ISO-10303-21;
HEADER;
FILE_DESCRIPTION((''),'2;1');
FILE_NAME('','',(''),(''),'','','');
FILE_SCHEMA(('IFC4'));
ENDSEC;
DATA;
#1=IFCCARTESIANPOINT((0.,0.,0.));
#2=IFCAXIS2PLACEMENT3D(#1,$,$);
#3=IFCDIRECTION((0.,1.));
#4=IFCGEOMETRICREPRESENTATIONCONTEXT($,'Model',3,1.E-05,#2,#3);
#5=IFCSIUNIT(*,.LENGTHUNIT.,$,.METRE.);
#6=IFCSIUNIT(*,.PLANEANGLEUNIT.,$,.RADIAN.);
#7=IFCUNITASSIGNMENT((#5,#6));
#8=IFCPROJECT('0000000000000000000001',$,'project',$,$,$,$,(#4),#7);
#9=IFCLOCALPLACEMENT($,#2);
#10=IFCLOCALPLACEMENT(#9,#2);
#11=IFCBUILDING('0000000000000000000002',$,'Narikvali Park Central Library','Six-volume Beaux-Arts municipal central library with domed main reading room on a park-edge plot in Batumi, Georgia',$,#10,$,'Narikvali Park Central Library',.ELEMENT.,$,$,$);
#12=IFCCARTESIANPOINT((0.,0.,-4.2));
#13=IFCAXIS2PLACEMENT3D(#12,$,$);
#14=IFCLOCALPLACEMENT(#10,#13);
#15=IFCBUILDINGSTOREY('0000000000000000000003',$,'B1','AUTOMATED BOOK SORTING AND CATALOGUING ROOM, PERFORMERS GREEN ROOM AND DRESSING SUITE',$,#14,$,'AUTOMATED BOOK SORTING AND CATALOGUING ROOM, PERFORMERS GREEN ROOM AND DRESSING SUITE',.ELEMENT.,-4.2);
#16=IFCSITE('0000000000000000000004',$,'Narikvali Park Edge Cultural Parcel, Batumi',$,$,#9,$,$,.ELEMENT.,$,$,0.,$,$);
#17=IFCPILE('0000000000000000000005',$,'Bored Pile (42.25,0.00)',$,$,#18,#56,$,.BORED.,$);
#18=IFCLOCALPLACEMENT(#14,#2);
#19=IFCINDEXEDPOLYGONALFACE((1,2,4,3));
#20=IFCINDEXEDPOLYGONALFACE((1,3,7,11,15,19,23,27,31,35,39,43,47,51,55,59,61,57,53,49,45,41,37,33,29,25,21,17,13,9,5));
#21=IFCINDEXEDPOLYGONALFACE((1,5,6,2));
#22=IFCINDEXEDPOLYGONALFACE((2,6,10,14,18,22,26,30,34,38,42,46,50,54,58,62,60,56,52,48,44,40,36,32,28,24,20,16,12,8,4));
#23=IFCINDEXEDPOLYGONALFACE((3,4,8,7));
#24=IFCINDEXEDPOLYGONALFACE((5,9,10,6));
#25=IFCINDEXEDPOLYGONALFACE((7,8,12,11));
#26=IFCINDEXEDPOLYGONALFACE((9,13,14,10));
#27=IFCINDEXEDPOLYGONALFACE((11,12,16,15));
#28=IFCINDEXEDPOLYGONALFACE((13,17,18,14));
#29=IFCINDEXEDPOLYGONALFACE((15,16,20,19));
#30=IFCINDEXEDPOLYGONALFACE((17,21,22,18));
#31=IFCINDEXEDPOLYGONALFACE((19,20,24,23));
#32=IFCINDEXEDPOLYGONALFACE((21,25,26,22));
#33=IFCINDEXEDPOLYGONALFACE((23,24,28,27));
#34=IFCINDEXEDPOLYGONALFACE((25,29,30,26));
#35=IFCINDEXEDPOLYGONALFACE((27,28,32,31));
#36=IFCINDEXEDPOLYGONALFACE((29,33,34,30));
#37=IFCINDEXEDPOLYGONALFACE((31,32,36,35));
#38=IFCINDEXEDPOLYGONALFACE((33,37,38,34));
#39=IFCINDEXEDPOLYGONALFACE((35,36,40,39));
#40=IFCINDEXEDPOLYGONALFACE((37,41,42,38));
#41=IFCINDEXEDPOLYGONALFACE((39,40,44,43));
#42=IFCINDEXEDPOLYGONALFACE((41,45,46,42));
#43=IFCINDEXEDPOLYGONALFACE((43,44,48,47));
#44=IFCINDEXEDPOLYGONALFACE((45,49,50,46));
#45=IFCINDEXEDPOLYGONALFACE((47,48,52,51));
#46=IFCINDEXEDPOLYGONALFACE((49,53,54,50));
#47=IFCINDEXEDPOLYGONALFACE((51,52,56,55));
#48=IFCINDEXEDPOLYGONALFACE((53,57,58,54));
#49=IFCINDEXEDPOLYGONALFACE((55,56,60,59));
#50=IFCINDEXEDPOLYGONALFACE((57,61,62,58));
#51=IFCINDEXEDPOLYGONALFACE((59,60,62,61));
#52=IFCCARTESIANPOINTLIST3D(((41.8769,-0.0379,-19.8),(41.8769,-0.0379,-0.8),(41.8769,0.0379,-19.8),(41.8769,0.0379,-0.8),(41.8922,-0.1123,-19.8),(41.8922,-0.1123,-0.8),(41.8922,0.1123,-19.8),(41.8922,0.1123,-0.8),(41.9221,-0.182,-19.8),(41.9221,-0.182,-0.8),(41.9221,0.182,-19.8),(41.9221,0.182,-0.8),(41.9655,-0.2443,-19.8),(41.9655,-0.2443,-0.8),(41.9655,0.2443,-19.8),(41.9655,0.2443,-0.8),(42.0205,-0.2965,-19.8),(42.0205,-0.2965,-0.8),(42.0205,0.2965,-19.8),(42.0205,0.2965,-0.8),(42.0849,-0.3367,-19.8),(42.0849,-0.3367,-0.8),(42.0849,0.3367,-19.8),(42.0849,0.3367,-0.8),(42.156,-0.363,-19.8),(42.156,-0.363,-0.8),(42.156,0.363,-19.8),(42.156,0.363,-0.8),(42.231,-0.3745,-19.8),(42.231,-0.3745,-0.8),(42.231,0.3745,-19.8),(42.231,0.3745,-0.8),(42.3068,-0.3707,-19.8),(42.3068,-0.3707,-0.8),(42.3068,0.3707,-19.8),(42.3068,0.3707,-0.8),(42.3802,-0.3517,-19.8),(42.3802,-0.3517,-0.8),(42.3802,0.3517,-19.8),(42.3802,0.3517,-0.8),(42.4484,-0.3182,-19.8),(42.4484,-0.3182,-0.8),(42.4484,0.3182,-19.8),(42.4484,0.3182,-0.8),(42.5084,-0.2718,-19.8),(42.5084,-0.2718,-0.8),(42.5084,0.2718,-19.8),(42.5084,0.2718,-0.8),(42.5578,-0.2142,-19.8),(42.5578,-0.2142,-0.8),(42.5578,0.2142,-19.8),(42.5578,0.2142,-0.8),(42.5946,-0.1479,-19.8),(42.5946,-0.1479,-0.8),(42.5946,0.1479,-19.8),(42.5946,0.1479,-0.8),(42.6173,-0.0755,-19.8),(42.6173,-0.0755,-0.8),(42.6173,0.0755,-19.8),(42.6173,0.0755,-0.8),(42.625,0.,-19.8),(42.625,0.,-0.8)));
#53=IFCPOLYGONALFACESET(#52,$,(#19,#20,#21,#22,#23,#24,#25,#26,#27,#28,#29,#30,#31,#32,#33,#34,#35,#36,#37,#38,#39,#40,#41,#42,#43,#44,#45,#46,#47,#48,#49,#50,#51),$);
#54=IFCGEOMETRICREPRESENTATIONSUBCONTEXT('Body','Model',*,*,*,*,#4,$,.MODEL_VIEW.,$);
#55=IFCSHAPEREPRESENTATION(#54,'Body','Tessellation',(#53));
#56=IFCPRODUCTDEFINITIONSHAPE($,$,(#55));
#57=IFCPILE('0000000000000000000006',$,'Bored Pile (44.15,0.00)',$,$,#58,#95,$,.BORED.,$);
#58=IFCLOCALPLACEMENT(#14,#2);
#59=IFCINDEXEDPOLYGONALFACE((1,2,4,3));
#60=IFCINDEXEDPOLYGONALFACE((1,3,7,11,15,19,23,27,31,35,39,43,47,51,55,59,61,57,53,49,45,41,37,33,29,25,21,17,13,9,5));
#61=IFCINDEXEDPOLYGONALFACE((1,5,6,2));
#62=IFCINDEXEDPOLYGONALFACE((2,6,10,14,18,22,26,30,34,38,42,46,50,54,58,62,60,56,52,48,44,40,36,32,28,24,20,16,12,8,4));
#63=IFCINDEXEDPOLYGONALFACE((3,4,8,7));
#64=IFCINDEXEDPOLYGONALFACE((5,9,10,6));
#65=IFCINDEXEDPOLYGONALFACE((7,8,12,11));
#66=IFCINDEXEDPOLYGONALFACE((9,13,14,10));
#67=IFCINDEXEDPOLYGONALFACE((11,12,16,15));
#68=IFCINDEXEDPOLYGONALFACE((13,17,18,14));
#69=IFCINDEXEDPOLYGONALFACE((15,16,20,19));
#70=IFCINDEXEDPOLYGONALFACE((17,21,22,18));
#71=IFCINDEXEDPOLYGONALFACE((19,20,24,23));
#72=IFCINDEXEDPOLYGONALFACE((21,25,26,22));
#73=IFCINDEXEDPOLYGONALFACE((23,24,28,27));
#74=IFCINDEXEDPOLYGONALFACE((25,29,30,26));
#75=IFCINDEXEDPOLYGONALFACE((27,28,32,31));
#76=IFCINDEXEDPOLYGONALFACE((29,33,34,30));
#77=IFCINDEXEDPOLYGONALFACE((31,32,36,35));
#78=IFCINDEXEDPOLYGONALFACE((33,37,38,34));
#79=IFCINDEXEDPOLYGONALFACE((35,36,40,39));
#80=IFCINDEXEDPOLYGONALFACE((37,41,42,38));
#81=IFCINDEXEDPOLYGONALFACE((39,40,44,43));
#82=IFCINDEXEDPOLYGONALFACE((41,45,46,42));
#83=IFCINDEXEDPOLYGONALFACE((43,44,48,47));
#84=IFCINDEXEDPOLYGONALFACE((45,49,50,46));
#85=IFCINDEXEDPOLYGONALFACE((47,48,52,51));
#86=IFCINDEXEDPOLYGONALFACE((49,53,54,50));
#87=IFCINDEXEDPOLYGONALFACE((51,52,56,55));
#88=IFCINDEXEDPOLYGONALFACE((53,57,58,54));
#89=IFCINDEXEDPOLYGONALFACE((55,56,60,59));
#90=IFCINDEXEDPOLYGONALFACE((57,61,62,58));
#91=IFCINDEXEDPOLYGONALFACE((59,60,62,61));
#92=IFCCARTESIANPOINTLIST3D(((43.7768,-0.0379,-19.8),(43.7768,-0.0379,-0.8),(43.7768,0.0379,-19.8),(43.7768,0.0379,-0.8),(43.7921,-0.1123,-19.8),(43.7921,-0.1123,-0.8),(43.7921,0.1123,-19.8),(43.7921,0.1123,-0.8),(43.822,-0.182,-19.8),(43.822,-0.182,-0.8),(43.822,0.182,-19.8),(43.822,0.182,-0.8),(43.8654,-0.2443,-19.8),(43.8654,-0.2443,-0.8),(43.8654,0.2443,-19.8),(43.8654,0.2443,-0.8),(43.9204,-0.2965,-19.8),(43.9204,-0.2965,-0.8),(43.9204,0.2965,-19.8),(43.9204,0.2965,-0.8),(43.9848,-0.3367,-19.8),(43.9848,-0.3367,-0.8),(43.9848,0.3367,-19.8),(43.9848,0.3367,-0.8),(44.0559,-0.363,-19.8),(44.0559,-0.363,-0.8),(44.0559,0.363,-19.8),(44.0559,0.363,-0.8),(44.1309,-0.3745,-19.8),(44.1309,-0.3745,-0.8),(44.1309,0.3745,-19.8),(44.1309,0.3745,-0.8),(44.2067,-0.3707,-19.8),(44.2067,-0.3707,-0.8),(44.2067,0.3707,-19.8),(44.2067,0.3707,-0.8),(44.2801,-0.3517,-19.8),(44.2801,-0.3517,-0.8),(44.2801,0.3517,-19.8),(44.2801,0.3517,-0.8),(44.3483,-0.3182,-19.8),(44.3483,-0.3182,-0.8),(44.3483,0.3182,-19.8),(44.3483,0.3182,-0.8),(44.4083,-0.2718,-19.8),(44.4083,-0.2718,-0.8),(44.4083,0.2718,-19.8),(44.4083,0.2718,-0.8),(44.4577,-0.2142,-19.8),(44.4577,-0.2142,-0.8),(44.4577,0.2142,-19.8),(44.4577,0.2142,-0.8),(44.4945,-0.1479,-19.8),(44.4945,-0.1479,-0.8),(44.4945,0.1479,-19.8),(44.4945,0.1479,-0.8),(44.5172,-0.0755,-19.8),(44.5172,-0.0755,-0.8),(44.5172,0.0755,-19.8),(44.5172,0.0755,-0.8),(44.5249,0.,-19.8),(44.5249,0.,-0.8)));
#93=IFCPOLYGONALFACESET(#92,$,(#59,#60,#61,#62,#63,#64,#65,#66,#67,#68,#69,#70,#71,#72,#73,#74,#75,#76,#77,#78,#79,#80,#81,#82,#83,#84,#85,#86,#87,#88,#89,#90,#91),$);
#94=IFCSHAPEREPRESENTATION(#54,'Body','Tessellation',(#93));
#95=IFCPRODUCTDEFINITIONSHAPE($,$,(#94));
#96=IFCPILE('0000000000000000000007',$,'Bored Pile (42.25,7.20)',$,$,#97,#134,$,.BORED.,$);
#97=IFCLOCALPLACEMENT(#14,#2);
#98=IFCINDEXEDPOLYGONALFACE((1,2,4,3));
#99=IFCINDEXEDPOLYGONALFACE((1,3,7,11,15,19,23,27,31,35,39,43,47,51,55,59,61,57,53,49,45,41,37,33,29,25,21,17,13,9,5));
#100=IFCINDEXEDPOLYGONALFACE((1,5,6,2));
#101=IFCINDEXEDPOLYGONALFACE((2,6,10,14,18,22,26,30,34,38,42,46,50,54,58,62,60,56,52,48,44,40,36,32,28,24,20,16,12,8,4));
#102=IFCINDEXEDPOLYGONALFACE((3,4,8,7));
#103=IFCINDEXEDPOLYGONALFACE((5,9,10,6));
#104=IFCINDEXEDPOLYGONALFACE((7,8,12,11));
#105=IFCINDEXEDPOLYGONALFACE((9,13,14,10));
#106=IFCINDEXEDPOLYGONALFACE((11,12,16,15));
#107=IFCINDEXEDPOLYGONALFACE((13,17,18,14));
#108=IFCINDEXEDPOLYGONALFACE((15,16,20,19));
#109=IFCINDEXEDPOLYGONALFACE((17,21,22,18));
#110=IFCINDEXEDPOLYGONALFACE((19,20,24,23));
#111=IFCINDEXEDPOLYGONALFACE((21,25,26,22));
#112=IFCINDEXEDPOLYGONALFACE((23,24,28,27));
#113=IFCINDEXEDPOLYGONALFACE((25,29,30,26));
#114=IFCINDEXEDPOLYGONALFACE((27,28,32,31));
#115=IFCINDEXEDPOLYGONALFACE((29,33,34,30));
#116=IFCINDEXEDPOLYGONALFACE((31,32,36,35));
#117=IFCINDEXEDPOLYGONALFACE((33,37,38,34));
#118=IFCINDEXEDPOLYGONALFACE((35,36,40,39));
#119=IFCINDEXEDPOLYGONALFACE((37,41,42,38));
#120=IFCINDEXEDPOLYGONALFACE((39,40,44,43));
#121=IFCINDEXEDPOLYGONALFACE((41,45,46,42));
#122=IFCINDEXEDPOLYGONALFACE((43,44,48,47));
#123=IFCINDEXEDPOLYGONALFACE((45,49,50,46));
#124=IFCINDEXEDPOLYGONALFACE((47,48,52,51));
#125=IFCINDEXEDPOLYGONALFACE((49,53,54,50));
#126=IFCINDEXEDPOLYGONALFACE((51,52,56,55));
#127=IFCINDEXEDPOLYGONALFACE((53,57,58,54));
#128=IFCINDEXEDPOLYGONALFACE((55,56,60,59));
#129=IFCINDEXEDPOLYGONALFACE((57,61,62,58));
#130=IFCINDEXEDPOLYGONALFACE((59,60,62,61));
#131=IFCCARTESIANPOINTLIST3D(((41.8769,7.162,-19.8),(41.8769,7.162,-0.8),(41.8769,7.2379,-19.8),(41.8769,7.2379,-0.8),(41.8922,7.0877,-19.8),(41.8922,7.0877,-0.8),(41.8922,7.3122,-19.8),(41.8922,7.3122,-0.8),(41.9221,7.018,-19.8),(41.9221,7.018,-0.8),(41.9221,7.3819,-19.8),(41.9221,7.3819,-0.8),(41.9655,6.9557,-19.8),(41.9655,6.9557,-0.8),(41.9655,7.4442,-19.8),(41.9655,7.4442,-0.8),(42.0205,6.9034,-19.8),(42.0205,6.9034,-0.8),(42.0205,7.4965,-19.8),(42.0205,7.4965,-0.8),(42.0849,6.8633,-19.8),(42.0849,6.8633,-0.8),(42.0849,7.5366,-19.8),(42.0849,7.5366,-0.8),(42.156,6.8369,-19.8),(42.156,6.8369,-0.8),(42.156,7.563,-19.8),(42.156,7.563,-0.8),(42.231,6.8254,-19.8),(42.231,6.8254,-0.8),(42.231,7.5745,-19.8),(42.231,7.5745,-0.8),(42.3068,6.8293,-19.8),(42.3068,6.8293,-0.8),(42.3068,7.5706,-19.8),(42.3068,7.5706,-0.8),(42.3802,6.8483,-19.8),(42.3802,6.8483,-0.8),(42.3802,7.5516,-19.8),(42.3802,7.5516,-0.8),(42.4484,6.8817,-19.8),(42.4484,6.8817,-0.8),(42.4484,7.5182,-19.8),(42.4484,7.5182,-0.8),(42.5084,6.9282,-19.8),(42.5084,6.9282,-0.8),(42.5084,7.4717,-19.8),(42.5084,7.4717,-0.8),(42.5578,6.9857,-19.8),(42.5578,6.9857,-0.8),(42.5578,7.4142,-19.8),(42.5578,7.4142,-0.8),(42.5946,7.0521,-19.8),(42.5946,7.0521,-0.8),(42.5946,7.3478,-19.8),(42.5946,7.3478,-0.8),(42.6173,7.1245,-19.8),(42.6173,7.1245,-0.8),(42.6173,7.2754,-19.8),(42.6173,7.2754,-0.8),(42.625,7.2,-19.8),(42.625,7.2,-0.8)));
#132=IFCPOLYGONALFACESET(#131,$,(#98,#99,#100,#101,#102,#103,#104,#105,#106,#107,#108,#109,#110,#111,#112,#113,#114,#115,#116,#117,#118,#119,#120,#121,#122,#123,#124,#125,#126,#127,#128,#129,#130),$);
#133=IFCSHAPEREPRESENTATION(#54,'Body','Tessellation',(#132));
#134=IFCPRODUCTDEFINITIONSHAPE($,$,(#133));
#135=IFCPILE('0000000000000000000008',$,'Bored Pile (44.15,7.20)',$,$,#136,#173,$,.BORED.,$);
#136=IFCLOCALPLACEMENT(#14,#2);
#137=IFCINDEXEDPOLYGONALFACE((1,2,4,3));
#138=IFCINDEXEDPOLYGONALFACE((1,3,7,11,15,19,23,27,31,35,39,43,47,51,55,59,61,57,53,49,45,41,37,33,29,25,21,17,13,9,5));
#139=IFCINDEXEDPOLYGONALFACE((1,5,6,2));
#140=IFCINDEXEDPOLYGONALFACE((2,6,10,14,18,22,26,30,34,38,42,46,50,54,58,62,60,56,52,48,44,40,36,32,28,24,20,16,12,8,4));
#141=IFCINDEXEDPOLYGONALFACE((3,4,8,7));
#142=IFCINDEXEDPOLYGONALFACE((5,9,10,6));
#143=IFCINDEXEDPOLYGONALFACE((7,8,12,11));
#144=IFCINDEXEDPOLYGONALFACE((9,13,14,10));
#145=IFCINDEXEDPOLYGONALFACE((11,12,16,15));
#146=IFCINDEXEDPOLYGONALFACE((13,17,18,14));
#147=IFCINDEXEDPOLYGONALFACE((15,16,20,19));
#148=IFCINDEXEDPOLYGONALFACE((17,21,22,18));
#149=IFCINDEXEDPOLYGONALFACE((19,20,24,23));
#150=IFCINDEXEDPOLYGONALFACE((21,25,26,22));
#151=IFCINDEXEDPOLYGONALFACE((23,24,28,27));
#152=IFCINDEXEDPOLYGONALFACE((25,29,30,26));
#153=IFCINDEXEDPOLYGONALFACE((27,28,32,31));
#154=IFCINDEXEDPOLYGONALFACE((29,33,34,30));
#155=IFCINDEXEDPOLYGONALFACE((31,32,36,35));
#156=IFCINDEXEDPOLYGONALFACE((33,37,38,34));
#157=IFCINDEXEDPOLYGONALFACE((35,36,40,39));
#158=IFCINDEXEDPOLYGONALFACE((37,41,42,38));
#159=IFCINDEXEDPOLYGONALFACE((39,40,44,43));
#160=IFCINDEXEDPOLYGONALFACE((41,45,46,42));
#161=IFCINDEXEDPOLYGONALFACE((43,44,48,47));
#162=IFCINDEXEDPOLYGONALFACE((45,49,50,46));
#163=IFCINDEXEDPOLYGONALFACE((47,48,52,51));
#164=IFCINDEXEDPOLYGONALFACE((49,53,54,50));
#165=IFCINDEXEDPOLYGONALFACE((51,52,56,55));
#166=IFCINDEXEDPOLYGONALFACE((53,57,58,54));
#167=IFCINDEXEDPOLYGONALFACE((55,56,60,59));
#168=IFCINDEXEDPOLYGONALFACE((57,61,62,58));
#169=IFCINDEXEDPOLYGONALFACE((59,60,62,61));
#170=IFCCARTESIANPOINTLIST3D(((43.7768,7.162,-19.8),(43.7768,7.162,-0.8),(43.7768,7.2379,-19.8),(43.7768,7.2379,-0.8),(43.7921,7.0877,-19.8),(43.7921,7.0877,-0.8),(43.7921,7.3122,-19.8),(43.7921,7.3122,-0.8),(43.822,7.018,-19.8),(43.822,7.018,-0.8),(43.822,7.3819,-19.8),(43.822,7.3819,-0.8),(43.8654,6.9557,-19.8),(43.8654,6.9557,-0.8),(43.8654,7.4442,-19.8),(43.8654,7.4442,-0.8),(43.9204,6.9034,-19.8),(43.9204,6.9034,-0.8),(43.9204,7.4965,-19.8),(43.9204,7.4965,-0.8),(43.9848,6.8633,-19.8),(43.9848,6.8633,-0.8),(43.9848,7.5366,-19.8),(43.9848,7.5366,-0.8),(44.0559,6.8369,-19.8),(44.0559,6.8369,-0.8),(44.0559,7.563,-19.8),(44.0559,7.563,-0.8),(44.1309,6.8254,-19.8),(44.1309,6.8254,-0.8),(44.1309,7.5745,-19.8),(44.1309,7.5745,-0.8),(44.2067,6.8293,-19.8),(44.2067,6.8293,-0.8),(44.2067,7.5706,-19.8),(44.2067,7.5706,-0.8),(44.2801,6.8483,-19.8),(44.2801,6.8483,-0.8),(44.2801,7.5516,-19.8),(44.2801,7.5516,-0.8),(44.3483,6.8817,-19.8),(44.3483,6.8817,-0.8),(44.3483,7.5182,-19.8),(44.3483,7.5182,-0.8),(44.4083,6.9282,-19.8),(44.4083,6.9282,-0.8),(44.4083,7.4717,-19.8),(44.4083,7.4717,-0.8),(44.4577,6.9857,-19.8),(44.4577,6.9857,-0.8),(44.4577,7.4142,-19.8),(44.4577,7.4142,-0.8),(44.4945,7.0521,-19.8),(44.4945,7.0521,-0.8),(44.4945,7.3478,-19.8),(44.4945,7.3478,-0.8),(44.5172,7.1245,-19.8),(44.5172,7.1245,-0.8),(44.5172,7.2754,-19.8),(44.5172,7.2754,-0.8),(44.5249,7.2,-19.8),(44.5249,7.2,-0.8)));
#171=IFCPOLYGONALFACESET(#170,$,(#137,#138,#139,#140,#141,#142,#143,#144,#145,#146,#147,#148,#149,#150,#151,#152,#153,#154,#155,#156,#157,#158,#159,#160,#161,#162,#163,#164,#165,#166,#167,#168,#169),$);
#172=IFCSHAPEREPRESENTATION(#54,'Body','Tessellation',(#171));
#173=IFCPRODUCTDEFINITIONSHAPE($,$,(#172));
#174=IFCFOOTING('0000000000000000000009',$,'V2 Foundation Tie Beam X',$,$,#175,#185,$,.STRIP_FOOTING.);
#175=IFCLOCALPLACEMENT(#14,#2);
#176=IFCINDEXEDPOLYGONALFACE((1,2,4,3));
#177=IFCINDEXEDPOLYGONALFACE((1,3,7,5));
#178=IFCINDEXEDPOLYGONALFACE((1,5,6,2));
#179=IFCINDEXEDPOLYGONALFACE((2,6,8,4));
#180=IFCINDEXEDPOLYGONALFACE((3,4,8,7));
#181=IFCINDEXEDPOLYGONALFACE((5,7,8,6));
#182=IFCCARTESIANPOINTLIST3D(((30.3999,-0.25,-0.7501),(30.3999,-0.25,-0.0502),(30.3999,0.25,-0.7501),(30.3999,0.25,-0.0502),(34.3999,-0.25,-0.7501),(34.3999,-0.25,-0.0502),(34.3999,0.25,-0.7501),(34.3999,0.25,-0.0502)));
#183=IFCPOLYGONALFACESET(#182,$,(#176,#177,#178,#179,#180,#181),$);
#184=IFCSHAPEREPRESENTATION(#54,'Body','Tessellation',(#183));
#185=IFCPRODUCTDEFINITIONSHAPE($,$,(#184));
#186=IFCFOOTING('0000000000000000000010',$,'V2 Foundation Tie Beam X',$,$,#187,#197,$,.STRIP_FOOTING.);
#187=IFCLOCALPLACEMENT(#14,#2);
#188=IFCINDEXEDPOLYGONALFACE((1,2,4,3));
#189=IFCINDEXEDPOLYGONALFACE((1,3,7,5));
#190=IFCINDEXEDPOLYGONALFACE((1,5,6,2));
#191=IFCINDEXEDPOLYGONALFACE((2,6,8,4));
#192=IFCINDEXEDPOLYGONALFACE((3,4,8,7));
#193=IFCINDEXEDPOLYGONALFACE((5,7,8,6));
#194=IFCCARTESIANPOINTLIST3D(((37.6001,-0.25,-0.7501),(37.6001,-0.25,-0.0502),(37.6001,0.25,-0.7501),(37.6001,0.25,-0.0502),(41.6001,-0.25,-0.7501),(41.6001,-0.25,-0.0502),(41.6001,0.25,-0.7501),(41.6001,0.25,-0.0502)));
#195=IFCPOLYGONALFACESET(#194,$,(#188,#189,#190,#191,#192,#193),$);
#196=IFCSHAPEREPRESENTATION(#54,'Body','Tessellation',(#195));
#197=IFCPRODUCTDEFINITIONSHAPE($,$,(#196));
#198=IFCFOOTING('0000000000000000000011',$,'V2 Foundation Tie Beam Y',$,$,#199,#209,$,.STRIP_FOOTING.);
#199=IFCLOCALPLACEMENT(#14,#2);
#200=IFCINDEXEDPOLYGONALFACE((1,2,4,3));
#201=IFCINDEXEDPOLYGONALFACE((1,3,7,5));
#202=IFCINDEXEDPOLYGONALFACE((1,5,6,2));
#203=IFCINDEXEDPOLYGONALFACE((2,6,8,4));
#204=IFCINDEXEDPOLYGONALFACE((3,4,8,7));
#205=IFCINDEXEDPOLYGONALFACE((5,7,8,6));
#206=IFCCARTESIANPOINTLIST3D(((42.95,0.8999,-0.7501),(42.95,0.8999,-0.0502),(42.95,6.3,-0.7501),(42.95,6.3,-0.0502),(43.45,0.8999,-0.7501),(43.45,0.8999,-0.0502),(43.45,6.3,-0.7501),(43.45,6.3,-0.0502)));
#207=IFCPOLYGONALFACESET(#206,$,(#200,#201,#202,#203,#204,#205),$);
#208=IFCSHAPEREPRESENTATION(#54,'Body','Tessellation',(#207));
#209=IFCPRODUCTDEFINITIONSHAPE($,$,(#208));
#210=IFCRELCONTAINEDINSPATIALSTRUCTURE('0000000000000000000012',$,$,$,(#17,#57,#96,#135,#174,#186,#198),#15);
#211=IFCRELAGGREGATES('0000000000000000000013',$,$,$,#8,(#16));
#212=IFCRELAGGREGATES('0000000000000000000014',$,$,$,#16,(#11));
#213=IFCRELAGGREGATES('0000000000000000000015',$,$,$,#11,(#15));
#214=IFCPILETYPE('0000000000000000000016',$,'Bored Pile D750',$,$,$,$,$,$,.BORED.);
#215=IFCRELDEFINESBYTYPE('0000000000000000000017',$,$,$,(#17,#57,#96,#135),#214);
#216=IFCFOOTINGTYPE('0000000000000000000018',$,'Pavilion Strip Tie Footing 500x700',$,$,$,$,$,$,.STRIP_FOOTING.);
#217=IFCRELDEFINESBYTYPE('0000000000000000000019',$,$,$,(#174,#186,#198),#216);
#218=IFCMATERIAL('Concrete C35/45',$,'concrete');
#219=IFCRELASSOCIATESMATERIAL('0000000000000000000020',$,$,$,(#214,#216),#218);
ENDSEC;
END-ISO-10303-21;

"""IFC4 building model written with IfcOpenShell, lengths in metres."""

from ifc_helpers import new_model, si_unit, direction, frame, origin, origin_2d, place, context, subcontext, project, spatial, rectangle, circle, extrude, material, material_profile, profile_set, type_object, element, save


model = new_model("IFC4")

# Units and contexts
model_context = context("Model", 3, precision=1e-05, world=origin(), true_north=direction((0.0, 1.0)))
body_context = subcontext(model_context, "Body", "Model", "MODEL_VIEW")
ifc_project = project(units=[si_unit("LENGTHUNIT", "METRE"), si_unit("PLANEANGLEUNIT", "RADIAN")], contexts=[model_context])

# Site, building, storey
site_placement = place(None, origin())
site = spatial("IfcSite", under=ifc_project, at=site_placement, Name="Narikvali Park Edge Cultural Parcel, Batumi", CompositionType="ELEMENT", RefElevation=0.0)
building_placement = place(site_placement, origin())
building = spatial("IfcBuilding", under=site, at=building_placement, Name="Narikvali Park Central Library", Description="Six-volume Beaux-Arts municipal central library with domed main reading room on a park-edge plot in Batumi, Georgia", LongName="Narikvali Park Central Library", CompositionType="ELEMENT")
storey_placement = place(building_placement, frame((0.0, 0.0, -4.2)))
storey = spatial("IfcBuildingStorey", under=building, at=storey_placement, Name="B1", Description="AUTOMATED BOOK SORTING AND CATALOGUING ROOM, PERFORMERS GREEN ROOM AND DRESSING SUITE", LongName="AUTOMATED BOOK SORTING AND CATALOGUING ROOM, PERFORMERS GREEN ROOM AND DRESSING SUITE", CompositionType="ELEMENT", Elevation=-4.2)

# Piles
ifc_material_1 = material(Name="Concrete C35/45", Category="concrete")
ifc_material_profile_1 = material_profile(ifc_material_1, circle(Radius=0.375, at=origin_2d()), Name="PILE D750")
ifc_profile_set_1 = profile_set([ifc_material_profile_1], Name="Concrete C35/45")
pile_type = type_object("IfcPileType", Name="Bored Pile D750", PredefinedType="BORED", material=ifc_profile_set_1)
for number, where, z_axis, x_axis, name in (
    (1, (42.25, 0.0, -0.8), (0.0, 0.0, -1.0), (1.0, 0.0, 0.0), "Bored Pile (42.25,0.00)"),
    (2, (44.1499, 0.0, -0.8), (0.0, 0.0, -1.0), (1.0, 0.0, 0.0), "Bored Pile (44.15,0.00)"),
    (3, (42.25, 7.2, -0.8), (0.0, 0.0, -1.0), (1.0, 0.0, 0.0), "Bored Pile (42.25,7.20)"),
    (4, (44.1499, 7.2, -0.8), (0.0, 0.0, -1.0), (1.0, 0.0, 0.0), "Bored Pile (44.15,7.20)"),
):
    element("IfcPile", number, at=place(storey_placement, frame(where, z_axis=z_axis, x_axis=x_axis)), inside=storey, type_object=pile_type, Name=name, PredefinedType="BORED", context=body_context, shape_type="SweptSolid", body=[
        extrude(circle(Radius=0.375, at=origin_2d()), origin(), (0.0, 0.0, 1.0), 19.0),
    ])

# Footings
ifc_material_profile_2 = material_profile(ifc_material_1, rectangle(XDim=0.5, YDim=0.7, at=origin_2d()), Name="RC GB 500x700")
ifc_profile_set_2 = profile_set([ifc_material_profile_2], Name="Concrete C35/45")
footing_type_1 = type_object("IfcFootingType", Name="Pavilion Strip Tie Footing 500x700", PredefinedType="STRIP_FOOTING", material=ifc_profile_set_2)
for number, where, z_axis, x_axis, name in (
    (5, (30.3999, 0.0, -0.4001), (1.0, 0.0, 0.0), (0.0, 1.0, 0.0), "V2 Foundation Tie Beam X"),
    (6, (37.6001, 0.0, -0.4001), (1.0, 0.0, 0.0), (0.0, 1.0, 0.0), "V2 Foundation Tie Beam X"),
):
    element("IfcFooting", number, at=place(storey_placement, frame(where, z_axis=z_axis, x_axis=x_axis)), inside=storey, type_object=footing_type_1, Name=name, PredefinedType="STRIP_FOOTING", context=body_context, shape_type="SweptSolid", body=[
        extrude(rectangle(XDim=0.5, YDim=0.7, at=origin_2d()), origin(), (0.0, 0.0, 1.0), 4.0),
    ])
footing_1_placement = place(storey_placement, frame((43.2, 0.8999, -0.4001), z_axis=(0.0, 1.0, 0.0), x_axis=(-1.0, 0.0, 0.0)))
element("IfcFooting", 7, at=footing_1_placement, inside=storey, type_object=footing_type_1, Name="V2 Foundation Tie Beam Y", PredefinedType="STRIP_FOOTING", context=body_context, shape_type="SweptSolid", body=[
    extrude(rectangle(XDim=0.5, YDim=0.7, at=origin_2d()), origin(), (0.0, 0.0, 1.0), 5.4001),
])

save(model, "model.ifc")
